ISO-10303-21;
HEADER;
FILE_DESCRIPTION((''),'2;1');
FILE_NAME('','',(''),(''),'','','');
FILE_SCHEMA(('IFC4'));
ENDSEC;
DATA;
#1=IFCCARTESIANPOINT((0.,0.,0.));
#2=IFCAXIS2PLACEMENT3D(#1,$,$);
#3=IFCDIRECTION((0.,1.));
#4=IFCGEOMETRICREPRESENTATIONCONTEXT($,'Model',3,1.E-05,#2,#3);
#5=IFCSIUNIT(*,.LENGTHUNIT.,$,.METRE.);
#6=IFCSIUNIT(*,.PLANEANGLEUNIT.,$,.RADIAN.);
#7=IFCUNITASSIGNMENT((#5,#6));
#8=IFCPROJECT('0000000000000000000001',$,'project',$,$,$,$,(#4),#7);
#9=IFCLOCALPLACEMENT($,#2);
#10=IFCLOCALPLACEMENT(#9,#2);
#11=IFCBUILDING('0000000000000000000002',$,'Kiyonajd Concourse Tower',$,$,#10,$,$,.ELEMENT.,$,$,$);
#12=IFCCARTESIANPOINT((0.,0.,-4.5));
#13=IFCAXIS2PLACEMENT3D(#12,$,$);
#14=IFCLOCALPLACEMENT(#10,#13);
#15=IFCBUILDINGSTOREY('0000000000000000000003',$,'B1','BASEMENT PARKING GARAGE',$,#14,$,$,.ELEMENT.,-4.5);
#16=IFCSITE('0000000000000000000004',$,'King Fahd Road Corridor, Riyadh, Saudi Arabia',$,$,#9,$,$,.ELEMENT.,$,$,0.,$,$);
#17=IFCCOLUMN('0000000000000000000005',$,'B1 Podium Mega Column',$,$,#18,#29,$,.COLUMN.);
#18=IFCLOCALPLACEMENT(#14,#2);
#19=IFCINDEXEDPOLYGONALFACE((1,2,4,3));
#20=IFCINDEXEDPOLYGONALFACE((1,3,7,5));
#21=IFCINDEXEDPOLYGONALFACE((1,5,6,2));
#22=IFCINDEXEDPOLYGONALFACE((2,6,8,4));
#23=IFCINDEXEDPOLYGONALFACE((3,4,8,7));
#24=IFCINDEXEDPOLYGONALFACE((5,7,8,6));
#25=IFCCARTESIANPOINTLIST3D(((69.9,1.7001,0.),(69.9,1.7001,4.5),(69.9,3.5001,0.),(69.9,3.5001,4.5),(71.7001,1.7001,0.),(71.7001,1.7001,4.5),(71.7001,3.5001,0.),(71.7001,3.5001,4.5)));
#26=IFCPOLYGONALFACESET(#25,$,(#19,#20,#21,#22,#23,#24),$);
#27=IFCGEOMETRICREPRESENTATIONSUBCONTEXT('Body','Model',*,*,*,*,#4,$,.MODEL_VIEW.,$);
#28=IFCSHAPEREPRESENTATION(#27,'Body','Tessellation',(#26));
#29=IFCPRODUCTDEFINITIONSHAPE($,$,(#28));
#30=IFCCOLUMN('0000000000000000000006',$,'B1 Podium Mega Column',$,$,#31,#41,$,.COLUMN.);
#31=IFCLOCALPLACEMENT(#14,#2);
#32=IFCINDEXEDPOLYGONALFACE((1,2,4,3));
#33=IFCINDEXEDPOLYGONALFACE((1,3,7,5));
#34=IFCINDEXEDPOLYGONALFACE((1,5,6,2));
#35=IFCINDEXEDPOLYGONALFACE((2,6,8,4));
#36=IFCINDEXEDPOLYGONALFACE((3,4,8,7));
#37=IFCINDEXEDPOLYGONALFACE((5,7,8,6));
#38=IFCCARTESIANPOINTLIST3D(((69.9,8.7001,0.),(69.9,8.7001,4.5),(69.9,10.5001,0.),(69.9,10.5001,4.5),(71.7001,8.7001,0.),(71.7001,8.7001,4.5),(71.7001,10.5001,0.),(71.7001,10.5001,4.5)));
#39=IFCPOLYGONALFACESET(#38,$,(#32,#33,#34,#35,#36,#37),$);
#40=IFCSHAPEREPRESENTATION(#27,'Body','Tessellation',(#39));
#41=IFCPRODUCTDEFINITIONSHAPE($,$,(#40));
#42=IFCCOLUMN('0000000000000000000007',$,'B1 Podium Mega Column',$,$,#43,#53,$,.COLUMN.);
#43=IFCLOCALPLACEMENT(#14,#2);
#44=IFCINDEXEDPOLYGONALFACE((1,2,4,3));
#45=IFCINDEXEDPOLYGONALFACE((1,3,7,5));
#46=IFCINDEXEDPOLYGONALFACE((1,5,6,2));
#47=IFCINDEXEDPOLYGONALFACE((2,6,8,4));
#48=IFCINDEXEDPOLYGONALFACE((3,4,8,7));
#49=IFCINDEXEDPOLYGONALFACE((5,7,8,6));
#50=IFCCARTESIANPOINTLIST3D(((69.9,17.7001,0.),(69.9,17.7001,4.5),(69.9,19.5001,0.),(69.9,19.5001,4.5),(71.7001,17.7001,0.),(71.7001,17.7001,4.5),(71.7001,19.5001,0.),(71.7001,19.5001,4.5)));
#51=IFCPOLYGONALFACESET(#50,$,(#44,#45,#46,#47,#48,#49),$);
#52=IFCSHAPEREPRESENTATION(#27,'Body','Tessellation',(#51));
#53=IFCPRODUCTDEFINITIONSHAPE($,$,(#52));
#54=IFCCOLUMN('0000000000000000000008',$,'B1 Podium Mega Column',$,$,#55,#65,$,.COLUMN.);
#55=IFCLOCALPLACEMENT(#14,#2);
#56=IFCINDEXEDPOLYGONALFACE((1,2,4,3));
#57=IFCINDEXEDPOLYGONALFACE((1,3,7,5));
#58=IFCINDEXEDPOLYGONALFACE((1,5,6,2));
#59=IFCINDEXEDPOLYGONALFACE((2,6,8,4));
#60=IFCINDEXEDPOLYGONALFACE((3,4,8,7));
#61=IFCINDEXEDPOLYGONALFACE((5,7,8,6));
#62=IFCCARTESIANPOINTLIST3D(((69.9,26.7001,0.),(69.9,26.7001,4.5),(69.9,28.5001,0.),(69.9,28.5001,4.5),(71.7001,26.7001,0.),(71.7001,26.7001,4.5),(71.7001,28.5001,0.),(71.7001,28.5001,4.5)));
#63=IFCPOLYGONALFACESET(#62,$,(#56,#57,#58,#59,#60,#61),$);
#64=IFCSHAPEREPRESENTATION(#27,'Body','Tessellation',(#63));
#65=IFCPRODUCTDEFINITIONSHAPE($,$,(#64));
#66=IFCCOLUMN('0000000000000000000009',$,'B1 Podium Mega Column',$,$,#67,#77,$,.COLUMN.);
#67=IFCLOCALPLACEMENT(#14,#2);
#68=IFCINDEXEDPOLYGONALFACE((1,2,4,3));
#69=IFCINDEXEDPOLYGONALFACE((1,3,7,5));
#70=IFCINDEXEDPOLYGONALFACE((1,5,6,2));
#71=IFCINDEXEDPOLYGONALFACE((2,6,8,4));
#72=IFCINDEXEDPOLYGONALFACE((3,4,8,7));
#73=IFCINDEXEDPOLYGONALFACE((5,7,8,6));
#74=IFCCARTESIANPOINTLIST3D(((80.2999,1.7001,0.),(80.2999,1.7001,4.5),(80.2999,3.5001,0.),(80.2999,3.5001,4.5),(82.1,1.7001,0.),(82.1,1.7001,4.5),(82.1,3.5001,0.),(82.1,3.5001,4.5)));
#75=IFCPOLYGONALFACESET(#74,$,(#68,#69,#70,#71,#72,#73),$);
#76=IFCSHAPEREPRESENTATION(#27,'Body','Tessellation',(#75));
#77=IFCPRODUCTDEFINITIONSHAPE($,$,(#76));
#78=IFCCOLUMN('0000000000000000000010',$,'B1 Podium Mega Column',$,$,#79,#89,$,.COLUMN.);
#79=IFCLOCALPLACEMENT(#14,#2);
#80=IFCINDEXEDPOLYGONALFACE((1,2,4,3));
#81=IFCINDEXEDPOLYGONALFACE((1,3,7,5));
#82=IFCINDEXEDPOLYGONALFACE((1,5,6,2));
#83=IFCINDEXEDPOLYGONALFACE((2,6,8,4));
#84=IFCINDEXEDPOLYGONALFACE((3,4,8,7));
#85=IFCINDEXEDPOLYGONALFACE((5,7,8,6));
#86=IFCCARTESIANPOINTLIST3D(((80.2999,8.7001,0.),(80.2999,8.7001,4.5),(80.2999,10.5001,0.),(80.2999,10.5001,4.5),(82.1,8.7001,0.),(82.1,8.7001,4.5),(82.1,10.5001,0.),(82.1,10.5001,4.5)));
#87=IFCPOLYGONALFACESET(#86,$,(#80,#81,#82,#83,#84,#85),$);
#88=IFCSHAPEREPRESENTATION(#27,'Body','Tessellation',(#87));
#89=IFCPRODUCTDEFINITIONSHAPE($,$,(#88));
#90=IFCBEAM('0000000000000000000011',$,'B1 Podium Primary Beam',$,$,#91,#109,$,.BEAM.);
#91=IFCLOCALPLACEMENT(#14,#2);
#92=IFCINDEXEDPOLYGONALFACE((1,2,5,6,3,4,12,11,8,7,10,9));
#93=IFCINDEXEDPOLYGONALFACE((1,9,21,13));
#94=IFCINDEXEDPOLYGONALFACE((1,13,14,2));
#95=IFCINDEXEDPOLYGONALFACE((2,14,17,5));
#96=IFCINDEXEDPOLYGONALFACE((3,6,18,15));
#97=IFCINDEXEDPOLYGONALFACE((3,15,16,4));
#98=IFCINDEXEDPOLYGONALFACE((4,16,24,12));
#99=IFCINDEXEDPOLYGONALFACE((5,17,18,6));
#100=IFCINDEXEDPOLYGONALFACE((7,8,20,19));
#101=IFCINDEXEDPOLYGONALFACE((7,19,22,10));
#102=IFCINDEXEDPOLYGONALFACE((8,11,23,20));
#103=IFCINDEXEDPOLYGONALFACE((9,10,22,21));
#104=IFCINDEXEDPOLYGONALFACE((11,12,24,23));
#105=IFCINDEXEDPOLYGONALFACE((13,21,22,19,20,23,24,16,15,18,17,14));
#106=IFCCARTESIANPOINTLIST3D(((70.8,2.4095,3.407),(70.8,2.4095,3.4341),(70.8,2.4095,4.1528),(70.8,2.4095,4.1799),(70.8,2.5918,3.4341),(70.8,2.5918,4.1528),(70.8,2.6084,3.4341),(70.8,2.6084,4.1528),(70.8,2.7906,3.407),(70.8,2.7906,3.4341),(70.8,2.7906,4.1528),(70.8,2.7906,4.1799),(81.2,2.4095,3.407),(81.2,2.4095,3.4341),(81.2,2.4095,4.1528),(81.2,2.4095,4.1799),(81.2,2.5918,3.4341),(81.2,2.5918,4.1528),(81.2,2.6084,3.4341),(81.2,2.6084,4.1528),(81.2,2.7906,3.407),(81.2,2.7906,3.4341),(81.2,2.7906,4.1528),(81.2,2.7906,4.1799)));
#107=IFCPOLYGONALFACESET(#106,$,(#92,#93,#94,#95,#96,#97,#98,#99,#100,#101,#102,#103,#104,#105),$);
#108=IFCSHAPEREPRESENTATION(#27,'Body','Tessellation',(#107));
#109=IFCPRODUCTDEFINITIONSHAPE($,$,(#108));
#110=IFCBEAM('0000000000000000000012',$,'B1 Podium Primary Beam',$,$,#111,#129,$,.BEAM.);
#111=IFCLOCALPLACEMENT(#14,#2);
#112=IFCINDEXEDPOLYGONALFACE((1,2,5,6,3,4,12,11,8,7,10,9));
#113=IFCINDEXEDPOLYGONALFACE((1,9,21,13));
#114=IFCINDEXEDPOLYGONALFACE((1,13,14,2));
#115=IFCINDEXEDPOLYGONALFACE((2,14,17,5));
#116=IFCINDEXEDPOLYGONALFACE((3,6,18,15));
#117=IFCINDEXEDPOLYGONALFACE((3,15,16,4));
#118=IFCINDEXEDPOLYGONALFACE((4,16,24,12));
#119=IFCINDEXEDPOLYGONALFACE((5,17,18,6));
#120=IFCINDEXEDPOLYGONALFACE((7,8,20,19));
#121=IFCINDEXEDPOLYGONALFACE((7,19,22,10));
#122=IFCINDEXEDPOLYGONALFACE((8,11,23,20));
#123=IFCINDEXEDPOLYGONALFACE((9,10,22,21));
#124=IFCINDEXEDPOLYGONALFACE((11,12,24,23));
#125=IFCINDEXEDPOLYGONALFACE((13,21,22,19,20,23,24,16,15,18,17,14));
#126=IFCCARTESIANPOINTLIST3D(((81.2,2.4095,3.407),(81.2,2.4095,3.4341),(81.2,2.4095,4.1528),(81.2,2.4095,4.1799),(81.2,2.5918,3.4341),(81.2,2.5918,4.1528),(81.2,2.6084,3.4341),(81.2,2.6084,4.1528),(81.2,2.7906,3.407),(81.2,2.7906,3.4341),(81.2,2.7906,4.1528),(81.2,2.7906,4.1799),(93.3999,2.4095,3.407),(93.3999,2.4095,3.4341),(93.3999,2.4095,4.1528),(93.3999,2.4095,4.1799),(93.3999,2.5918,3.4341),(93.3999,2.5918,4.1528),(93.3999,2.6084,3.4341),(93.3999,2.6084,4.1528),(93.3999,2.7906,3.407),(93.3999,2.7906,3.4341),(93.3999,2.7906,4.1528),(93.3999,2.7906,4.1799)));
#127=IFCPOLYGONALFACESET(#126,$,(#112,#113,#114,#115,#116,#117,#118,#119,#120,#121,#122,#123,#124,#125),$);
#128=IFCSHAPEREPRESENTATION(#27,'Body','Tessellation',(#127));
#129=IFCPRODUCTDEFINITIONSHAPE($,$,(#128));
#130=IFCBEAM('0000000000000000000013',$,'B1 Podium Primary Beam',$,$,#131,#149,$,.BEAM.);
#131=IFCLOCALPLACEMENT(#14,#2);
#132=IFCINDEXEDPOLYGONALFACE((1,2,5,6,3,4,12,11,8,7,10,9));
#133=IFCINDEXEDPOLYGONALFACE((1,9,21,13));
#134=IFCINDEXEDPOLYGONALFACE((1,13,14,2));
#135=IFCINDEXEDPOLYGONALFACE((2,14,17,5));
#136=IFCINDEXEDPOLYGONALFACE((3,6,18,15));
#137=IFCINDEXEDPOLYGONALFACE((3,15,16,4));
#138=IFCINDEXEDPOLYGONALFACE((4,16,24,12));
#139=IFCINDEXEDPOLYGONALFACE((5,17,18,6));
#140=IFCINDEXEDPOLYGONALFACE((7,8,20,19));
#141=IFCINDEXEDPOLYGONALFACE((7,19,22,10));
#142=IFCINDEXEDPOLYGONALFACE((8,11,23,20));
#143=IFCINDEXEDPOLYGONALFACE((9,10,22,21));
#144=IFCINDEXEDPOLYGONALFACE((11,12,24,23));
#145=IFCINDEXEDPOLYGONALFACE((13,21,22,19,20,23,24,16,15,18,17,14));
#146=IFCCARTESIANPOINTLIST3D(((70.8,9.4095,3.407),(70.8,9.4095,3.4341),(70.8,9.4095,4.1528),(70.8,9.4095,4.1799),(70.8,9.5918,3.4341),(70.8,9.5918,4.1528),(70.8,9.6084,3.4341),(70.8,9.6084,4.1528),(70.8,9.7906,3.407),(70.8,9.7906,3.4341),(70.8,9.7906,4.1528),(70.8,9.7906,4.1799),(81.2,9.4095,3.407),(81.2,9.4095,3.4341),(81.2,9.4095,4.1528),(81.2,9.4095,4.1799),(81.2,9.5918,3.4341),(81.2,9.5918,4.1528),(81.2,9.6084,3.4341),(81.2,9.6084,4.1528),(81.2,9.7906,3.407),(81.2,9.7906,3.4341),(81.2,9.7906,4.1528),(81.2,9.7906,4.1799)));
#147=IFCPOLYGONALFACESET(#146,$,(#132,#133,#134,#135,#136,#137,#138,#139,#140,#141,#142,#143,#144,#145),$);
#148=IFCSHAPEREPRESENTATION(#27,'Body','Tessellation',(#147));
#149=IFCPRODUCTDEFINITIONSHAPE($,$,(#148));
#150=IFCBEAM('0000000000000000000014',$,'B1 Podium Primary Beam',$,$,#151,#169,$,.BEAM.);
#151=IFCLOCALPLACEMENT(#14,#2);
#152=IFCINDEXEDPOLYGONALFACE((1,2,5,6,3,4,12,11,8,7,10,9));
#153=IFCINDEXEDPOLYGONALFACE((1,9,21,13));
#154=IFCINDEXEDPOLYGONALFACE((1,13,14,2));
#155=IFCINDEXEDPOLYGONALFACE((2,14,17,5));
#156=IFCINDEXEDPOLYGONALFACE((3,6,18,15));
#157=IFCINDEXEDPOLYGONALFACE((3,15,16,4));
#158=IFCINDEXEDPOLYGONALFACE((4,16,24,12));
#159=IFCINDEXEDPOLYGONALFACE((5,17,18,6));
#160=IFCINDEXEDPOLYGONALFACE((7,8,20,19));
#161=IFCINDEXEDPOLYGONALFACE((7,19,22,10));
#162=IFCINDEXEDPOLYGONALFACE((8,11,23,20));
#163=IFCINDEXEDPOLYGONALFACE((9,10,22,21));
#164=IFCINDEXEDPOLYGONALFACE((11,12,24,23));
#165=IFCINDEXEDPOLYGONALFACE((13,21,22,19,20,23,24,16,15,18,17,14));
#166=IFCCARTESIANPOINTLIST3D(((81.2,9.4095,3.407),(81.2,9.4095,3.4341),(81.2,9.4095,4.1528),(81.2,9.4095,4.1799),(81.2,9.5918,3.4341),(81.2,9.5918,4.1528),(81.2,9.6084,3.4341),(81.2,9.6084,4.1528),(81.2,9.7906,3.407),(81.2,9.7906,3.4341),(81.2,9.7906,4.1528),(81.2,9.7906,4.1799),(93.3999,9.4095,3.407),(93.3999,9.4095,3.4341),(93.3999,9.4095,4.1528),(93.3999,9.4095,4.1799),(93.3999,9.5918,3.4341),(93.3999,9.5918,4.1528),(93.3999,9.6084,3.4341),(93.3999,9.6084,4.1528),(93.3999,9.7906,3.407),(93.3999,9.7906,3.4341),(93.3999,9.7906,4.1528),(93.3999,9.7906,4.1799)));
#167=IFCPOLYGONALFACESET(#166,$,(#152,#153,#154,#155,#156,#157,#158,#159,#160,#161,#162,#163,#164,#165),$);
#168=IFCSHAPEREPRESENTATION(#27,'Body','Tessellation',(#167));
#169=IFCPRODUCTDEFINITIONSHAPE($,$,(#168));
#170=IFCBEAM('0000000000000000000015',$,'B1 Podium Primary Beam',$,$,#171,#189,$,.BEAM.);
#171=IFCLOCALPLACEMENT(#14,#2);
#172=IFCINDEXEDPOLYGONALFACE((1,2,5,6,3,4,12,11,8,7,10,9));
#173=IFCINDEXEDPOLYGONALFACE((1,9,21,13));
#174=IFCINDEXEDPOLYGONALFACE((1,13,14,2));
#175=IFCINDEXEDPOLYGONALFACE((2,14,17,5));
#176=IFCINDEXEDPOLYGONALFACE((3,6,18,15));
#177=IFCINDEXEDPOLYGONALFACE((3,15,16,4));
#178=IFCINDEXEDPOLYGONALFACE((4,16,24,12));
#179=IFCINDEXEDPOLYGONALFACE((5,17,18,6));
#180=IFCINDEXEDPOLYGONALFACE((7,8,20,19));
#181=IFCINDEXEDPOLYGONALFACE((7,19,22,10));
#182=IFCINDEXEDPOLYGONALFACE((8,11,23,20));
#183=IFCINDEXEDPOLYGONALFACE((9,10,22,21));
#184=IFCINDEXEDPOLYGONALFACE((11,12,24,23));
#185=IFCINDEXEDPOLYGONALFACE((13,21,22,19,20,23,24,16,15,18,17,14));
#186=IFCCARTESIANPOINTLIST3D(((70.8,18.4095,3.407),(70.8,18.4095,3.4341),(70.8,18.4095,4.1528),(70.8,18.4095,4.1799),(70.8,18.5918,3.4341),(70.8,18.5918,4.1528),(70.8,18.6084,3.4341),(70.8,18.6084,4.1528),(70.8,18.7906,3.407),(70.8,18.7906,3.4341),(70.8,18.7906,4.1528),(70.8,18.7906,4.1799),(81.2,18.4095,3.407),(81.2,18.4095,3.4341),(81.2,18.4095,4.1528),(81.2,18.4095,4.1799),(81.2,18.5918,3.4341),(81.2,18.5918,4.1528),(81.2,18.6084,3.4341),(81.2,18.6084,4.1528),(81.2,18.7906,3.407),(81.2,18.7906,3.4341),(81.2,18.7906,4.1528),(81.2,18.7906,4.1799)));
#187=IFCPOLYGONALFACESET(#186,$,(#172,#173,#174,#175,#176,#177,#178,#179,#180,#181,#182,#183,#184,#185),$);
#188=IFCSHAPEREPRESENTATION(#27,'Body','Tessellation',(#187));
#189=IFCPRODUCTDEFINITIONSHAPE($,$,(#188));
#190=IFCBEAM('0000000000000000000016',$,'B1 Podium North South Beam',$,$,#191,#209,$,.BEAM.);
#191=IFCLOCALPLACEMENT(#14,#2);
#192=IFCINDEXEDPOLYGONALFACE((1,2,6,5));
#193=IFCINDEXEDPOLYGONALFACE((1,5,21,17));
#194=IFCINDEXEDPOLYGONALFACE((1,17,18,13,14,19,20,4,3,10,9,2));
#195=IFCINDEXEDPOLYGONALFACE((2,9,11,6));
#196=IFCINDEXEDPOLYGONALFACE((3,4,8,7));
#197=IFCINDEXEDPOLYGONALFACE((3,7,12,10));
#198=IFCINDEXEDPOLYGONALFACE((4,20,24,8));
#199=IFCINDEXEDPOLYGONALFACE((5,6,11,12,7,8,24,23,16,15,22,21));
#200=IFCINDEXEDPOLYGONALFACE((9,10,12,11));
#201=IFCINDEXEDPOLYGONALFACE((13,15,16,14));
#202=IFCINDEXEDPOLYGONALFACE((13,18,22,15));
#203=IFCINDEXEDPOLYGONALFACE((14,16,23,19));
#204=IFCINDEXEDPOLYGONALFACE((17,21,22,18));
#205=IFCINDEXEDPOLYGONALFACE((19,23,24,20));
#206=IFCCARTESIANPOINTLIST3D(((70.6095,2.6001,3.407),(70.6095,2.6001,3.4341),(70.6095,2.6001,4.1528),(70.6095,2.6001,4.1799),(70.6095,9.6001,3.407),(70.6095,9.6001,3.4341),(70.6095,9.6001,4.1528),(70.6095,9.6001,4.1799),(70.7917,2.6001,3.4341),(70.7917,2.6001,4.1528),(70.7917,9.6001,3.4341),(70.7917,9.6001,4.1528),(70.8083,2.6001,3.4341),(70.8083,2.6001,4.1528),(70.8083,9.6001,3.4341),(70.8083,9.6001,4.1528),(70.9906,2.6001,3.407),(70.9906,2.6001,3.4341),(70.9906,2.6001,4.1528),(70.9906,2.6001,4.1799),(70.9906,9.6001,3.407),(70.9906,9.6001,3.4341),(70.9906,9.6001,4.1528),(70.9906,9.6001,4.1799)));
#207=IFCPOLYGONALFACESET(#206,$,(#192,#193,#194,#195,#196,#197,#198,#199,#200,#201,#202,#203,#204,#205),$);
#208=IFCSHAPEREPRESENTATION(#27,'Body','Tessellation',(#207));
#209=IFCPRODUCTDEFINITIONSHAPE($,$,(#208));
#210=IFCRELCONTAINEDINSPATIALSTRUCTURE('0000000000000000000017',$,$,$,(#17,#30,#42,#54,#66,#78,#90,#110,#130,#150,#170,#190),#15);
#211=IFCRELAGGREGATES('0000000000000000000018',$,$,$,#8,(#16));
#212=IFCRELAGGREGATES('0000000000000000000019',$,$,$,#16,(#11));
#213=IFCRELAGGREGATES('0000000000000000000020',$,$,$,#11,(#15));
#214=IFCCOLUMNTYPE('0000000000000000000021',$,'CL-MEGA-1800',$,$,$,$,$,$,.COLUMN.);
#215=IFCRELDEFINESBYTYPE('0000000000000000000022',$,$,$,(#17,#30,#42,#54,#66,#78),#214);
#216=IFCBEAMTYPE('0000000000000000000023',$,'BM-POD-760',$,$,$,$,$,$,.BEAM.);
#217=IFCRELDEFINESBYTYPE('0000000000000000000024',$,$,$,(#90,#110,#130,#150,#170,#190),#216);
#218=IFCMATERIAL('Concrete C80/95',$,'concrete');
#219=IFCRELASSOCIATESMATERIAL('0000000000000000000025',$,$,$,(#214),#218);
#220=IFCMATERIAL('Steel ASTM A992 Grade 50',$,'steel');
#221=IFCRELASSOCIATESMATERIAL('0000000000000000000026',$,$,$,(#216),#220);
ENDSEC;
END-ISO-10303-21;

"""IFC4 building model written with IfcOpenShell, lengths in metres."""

from ifc_helpers import new_model, si_unit, direction, frame, origin, origin_2d, place, context, subcontext, project, spatial, rectangle, i_section, extrude, material, material_profile, profile_set, type_object, element, save


model = new_model("IFC4")

# Units and contexts
model_context = context("Model", 3, precision=1e-05, world=origin(), true_north=direction((0.0, 1.0)))
body_context = subcontext(model_context, "Body", "Model", "MODEL_VIEW")
ifc_project = project(units=[si_unit("LENGTHUNIT", "METRE"), si_unit("PLANEANGLEUNIT", "RADIAN")], contexts=[model_context])

# Site, building, storey
site_placement = place(None, origin())
site = spatial("IfcSite", under=ifc_project, at=site_placement, Name="King Fahd Road Corridor, Riyadh, Saudi Arabia", CompositionType="ELEMENT", RefElevation=0.0)
building_placement = place(site_placement, origin())
building = spatial("IfcBuilding", under=site, at=building_placement, Name="Kiyonajd Concourse Tower", CompositionType="ELEMENT")
storey_placement = place(building_placement, frame((0.0, 0.0, -4.5)))
storey = spatial("IfcBuildingStorey", under=building, at=storey_placement, Name="B1", Description="BASEMENT PARKING GARAGE", CompositionType="ELEMENT", Elevation=-4.5)

# Columns
ifc_material_1 = material(Name="Concrete C80/95", Category="concrete")
ifc_material_profile_1 = material_profile(ifc_material_1, rectangle(XDim=1.8, YDim=1.8, at=origin_2d()), Name="RC-1800x1800")
ifc_profile_set_1 = profile_set([ifc_material_profile_1], Name="Concrete C80/95")
column_type = type_object("IfcColumnType", Name="CL-MEGA-1800", PredefinedType="COLUMN", material=ifc_profile_set_1)
for number, where, z_axis, x_axis, name in (
    (1, (70.8, 2.6001, 0.0), (0.0, 0.0, 1.0), (1.0, 0.0, 0.0), "B1 Podium Mega Column"),
    (2, (70.8, 9.6001, 0.0), (0.0, 0.0, 1.0), (1.0, 0.0, 0.0), "B1 Podium Mega Column"),
    (3, (70.8, 18.6001, 0.0), (0.0, 0.0, 1.0), (1.0, 0.0, 0.0), "B1 Podium Mega Column"),
    (4, (70.8, 27.6001, 0.0), (0.0, 0.0, 1.0), (1.0, 0.0, 0.0), "B1 Podium Mega Column"),
    (5, (81.2, 2.6001, 0.0), (0.0, 0.0, 1.0), (1.0, 0.0, 0.0), "B1 Podium Mega Column"),
    (6, (81.2, 9.6001, 0.0), (0.0, 0.0, 1.0), (1.0, 0.0, 0.0), "B1 Podium Mega Column"),
):
    element("IfcColumn", number, at=place(storey_placement, frame(where, z_axis=z_axis, x_axis=x_axis)), inside=storey, type_object=column_type, Name=name, PredefinedType="COLUMN", context=body_context, shape_type="SweptSolid", body=[
        extrude(rectangle(XDim=1.8, YDim=1.8, at=origin_2d()), origin(), (0.0, 0.0, 1.0), 4.5),
    ])

# Beams
ifc_material_2 = material(Name="Steel ASTM A992 Grade 50", Category="steel")
ifc_material_profile_2 = material_profile(ifc_material_2, i_section(OverallWidth=0.3811, OverallDepth=0.7729, WebThickness=0.0166, FlangeThickness=0.0271, at=origin_2d()), Name="W760X257")
ifc_profile_set_2 = profile_set([ifc_material_profile_2], Name="Steel ASTM A992 Grade 50")
beam_type_1 = type_object("IfcBeamType", Name="BM-POD-760", PredefinedType="BEAM", material=ifc_profile_set_2)
beam_1_placement = place(storey_placement, frame((70.8, 2.6001, 3.7935), z_axis=(1.0, 0.0, 0.0), x_axis=(0.0, 1.0, 0.0)))
element("IfcBeam", 7, at=beam_1_placement, inside=storey, type_object=beam_type_1, Name="B1 Podium Primary Beam", PredefinedType="BEAM", context=body_context, shape_type="SweptSolid", body=[
    extrude(i_section(OverallWidth=0.3811, OverallDepth=0.7729, WebThickness=0.0166, FlangeThickness=0.0271, at=origin_2d()), origin(), (0.0, 0.0, 1.0), 10.3999),
])
beam_2_placement = place(storey_placement, frame((81.2, 2.6001, 3.7935), z_axis=(1.0, 0.0, 0.0), x_axis=(0.0, 1.0, 0.0)))
element("IfcBeam", 8, at=beam_2_placement, inside=storey, type_object=beam_type_1, Name="B1 Podium Primary Beam", PredefinedType="BEAM", context=body_context, shape_type="SweptSolid", body=[
    extrude(i_section(OverallWidth=0.3811, OverallDepth=0.7729, WebThickness=0.0166, FlangeThickness=0.0271, at=origin_2d()), origin(), (0.0, 0.0, 1.0), 12.2),
])
beam_3_placement = place(storey_placement, frame((70.8, 9.6001, 3.7935), z_axis=(1.0, 0.0, 0.0), x_axis=(0.0, 1.0, 0.0)))
element("IfcBeam", 9, at=beam_3_placement, inside=storey, type_object=beam_type_1, Name="B1 Podium Primary Beam", PredefinedType="BEAM", context=body_context, shape_type="SweptSolid", body=[
    extrude(i_section(OverallWidth=0.3811, OverallDepth=0.7729, WebThickness=0.0166, FlangeThickness=0.0271, at=origin_2d()), origin(), (0.0, 0.0, 1.0), 10.3999),
])
beam_4_placement = place(storey_placement, frame((81.2, 9.6001, 3.7935), z_axis=(1.0, 0.0, 0.0), x_axis=(0.0, 1.0, 0.0)))
element("IfcBeam", 10, at=beam_4_placement, inside=storey, type_object=beam_type_1, Name="B1 Podium Primary Beam", PredefinedType="BEAM", context=body_context, shape_type="SweptSolid", body=[
    extrude(i_section(OverallWidth=0.3811, OverallDepth=0.7729, WebThickness=0.0166, FlangeThickness=0.0271, at=origin_2d()), origin(), (0.0, 0.0, 1.0), 12.2),
])
beam_5_placement = place(storey_placement, frame((70.8, 18.6001, 3.7935), z_axis=(1.0, 0.0, 0.0), x_axis=(0.0, 1.0, 0.0)))
element("IfcBeam", 11, at=beam_5_placement, inside=storey, type_object=beam_type_1, Name="B1 Podium Primary Beam", PredefinedType="BEAM", context=body_context, shape_type="SweptSolid", body=[
    extrude(i_section(OverallWidth=0.3811, OverallDepth=0.7729, WebThickness=0.0166, FlangeThickness=0.0271, at=origin_2d()), origin(), (0.0, 0.0, 1.0), 10.3999),
])
beam_6_placement = place(storey_placement, frame((70.8, 2.6001, 3.7935), z_axis=(0.0, 1.0, 0.0), x_axis=(-1.0, 0.0, 0.0)))
element("IfcBeam", 12, at=beam_6_placement, inside=storey, type_object=beam_type_1, Name="B1 Podium North South Beam", PredefinedType="BEAM", context=body_context, shape_type="SweptSolid", body=[
    extrude(i_section(OverallWidth=0.3811, OverallDepth=0.7729, WebThickness=0.0166, FlangeThickness=0.0271, at=origin_2d()), origin(), (0.0, 0.0, 1.0), 7.0),
])

save(model, "model.ifc")
